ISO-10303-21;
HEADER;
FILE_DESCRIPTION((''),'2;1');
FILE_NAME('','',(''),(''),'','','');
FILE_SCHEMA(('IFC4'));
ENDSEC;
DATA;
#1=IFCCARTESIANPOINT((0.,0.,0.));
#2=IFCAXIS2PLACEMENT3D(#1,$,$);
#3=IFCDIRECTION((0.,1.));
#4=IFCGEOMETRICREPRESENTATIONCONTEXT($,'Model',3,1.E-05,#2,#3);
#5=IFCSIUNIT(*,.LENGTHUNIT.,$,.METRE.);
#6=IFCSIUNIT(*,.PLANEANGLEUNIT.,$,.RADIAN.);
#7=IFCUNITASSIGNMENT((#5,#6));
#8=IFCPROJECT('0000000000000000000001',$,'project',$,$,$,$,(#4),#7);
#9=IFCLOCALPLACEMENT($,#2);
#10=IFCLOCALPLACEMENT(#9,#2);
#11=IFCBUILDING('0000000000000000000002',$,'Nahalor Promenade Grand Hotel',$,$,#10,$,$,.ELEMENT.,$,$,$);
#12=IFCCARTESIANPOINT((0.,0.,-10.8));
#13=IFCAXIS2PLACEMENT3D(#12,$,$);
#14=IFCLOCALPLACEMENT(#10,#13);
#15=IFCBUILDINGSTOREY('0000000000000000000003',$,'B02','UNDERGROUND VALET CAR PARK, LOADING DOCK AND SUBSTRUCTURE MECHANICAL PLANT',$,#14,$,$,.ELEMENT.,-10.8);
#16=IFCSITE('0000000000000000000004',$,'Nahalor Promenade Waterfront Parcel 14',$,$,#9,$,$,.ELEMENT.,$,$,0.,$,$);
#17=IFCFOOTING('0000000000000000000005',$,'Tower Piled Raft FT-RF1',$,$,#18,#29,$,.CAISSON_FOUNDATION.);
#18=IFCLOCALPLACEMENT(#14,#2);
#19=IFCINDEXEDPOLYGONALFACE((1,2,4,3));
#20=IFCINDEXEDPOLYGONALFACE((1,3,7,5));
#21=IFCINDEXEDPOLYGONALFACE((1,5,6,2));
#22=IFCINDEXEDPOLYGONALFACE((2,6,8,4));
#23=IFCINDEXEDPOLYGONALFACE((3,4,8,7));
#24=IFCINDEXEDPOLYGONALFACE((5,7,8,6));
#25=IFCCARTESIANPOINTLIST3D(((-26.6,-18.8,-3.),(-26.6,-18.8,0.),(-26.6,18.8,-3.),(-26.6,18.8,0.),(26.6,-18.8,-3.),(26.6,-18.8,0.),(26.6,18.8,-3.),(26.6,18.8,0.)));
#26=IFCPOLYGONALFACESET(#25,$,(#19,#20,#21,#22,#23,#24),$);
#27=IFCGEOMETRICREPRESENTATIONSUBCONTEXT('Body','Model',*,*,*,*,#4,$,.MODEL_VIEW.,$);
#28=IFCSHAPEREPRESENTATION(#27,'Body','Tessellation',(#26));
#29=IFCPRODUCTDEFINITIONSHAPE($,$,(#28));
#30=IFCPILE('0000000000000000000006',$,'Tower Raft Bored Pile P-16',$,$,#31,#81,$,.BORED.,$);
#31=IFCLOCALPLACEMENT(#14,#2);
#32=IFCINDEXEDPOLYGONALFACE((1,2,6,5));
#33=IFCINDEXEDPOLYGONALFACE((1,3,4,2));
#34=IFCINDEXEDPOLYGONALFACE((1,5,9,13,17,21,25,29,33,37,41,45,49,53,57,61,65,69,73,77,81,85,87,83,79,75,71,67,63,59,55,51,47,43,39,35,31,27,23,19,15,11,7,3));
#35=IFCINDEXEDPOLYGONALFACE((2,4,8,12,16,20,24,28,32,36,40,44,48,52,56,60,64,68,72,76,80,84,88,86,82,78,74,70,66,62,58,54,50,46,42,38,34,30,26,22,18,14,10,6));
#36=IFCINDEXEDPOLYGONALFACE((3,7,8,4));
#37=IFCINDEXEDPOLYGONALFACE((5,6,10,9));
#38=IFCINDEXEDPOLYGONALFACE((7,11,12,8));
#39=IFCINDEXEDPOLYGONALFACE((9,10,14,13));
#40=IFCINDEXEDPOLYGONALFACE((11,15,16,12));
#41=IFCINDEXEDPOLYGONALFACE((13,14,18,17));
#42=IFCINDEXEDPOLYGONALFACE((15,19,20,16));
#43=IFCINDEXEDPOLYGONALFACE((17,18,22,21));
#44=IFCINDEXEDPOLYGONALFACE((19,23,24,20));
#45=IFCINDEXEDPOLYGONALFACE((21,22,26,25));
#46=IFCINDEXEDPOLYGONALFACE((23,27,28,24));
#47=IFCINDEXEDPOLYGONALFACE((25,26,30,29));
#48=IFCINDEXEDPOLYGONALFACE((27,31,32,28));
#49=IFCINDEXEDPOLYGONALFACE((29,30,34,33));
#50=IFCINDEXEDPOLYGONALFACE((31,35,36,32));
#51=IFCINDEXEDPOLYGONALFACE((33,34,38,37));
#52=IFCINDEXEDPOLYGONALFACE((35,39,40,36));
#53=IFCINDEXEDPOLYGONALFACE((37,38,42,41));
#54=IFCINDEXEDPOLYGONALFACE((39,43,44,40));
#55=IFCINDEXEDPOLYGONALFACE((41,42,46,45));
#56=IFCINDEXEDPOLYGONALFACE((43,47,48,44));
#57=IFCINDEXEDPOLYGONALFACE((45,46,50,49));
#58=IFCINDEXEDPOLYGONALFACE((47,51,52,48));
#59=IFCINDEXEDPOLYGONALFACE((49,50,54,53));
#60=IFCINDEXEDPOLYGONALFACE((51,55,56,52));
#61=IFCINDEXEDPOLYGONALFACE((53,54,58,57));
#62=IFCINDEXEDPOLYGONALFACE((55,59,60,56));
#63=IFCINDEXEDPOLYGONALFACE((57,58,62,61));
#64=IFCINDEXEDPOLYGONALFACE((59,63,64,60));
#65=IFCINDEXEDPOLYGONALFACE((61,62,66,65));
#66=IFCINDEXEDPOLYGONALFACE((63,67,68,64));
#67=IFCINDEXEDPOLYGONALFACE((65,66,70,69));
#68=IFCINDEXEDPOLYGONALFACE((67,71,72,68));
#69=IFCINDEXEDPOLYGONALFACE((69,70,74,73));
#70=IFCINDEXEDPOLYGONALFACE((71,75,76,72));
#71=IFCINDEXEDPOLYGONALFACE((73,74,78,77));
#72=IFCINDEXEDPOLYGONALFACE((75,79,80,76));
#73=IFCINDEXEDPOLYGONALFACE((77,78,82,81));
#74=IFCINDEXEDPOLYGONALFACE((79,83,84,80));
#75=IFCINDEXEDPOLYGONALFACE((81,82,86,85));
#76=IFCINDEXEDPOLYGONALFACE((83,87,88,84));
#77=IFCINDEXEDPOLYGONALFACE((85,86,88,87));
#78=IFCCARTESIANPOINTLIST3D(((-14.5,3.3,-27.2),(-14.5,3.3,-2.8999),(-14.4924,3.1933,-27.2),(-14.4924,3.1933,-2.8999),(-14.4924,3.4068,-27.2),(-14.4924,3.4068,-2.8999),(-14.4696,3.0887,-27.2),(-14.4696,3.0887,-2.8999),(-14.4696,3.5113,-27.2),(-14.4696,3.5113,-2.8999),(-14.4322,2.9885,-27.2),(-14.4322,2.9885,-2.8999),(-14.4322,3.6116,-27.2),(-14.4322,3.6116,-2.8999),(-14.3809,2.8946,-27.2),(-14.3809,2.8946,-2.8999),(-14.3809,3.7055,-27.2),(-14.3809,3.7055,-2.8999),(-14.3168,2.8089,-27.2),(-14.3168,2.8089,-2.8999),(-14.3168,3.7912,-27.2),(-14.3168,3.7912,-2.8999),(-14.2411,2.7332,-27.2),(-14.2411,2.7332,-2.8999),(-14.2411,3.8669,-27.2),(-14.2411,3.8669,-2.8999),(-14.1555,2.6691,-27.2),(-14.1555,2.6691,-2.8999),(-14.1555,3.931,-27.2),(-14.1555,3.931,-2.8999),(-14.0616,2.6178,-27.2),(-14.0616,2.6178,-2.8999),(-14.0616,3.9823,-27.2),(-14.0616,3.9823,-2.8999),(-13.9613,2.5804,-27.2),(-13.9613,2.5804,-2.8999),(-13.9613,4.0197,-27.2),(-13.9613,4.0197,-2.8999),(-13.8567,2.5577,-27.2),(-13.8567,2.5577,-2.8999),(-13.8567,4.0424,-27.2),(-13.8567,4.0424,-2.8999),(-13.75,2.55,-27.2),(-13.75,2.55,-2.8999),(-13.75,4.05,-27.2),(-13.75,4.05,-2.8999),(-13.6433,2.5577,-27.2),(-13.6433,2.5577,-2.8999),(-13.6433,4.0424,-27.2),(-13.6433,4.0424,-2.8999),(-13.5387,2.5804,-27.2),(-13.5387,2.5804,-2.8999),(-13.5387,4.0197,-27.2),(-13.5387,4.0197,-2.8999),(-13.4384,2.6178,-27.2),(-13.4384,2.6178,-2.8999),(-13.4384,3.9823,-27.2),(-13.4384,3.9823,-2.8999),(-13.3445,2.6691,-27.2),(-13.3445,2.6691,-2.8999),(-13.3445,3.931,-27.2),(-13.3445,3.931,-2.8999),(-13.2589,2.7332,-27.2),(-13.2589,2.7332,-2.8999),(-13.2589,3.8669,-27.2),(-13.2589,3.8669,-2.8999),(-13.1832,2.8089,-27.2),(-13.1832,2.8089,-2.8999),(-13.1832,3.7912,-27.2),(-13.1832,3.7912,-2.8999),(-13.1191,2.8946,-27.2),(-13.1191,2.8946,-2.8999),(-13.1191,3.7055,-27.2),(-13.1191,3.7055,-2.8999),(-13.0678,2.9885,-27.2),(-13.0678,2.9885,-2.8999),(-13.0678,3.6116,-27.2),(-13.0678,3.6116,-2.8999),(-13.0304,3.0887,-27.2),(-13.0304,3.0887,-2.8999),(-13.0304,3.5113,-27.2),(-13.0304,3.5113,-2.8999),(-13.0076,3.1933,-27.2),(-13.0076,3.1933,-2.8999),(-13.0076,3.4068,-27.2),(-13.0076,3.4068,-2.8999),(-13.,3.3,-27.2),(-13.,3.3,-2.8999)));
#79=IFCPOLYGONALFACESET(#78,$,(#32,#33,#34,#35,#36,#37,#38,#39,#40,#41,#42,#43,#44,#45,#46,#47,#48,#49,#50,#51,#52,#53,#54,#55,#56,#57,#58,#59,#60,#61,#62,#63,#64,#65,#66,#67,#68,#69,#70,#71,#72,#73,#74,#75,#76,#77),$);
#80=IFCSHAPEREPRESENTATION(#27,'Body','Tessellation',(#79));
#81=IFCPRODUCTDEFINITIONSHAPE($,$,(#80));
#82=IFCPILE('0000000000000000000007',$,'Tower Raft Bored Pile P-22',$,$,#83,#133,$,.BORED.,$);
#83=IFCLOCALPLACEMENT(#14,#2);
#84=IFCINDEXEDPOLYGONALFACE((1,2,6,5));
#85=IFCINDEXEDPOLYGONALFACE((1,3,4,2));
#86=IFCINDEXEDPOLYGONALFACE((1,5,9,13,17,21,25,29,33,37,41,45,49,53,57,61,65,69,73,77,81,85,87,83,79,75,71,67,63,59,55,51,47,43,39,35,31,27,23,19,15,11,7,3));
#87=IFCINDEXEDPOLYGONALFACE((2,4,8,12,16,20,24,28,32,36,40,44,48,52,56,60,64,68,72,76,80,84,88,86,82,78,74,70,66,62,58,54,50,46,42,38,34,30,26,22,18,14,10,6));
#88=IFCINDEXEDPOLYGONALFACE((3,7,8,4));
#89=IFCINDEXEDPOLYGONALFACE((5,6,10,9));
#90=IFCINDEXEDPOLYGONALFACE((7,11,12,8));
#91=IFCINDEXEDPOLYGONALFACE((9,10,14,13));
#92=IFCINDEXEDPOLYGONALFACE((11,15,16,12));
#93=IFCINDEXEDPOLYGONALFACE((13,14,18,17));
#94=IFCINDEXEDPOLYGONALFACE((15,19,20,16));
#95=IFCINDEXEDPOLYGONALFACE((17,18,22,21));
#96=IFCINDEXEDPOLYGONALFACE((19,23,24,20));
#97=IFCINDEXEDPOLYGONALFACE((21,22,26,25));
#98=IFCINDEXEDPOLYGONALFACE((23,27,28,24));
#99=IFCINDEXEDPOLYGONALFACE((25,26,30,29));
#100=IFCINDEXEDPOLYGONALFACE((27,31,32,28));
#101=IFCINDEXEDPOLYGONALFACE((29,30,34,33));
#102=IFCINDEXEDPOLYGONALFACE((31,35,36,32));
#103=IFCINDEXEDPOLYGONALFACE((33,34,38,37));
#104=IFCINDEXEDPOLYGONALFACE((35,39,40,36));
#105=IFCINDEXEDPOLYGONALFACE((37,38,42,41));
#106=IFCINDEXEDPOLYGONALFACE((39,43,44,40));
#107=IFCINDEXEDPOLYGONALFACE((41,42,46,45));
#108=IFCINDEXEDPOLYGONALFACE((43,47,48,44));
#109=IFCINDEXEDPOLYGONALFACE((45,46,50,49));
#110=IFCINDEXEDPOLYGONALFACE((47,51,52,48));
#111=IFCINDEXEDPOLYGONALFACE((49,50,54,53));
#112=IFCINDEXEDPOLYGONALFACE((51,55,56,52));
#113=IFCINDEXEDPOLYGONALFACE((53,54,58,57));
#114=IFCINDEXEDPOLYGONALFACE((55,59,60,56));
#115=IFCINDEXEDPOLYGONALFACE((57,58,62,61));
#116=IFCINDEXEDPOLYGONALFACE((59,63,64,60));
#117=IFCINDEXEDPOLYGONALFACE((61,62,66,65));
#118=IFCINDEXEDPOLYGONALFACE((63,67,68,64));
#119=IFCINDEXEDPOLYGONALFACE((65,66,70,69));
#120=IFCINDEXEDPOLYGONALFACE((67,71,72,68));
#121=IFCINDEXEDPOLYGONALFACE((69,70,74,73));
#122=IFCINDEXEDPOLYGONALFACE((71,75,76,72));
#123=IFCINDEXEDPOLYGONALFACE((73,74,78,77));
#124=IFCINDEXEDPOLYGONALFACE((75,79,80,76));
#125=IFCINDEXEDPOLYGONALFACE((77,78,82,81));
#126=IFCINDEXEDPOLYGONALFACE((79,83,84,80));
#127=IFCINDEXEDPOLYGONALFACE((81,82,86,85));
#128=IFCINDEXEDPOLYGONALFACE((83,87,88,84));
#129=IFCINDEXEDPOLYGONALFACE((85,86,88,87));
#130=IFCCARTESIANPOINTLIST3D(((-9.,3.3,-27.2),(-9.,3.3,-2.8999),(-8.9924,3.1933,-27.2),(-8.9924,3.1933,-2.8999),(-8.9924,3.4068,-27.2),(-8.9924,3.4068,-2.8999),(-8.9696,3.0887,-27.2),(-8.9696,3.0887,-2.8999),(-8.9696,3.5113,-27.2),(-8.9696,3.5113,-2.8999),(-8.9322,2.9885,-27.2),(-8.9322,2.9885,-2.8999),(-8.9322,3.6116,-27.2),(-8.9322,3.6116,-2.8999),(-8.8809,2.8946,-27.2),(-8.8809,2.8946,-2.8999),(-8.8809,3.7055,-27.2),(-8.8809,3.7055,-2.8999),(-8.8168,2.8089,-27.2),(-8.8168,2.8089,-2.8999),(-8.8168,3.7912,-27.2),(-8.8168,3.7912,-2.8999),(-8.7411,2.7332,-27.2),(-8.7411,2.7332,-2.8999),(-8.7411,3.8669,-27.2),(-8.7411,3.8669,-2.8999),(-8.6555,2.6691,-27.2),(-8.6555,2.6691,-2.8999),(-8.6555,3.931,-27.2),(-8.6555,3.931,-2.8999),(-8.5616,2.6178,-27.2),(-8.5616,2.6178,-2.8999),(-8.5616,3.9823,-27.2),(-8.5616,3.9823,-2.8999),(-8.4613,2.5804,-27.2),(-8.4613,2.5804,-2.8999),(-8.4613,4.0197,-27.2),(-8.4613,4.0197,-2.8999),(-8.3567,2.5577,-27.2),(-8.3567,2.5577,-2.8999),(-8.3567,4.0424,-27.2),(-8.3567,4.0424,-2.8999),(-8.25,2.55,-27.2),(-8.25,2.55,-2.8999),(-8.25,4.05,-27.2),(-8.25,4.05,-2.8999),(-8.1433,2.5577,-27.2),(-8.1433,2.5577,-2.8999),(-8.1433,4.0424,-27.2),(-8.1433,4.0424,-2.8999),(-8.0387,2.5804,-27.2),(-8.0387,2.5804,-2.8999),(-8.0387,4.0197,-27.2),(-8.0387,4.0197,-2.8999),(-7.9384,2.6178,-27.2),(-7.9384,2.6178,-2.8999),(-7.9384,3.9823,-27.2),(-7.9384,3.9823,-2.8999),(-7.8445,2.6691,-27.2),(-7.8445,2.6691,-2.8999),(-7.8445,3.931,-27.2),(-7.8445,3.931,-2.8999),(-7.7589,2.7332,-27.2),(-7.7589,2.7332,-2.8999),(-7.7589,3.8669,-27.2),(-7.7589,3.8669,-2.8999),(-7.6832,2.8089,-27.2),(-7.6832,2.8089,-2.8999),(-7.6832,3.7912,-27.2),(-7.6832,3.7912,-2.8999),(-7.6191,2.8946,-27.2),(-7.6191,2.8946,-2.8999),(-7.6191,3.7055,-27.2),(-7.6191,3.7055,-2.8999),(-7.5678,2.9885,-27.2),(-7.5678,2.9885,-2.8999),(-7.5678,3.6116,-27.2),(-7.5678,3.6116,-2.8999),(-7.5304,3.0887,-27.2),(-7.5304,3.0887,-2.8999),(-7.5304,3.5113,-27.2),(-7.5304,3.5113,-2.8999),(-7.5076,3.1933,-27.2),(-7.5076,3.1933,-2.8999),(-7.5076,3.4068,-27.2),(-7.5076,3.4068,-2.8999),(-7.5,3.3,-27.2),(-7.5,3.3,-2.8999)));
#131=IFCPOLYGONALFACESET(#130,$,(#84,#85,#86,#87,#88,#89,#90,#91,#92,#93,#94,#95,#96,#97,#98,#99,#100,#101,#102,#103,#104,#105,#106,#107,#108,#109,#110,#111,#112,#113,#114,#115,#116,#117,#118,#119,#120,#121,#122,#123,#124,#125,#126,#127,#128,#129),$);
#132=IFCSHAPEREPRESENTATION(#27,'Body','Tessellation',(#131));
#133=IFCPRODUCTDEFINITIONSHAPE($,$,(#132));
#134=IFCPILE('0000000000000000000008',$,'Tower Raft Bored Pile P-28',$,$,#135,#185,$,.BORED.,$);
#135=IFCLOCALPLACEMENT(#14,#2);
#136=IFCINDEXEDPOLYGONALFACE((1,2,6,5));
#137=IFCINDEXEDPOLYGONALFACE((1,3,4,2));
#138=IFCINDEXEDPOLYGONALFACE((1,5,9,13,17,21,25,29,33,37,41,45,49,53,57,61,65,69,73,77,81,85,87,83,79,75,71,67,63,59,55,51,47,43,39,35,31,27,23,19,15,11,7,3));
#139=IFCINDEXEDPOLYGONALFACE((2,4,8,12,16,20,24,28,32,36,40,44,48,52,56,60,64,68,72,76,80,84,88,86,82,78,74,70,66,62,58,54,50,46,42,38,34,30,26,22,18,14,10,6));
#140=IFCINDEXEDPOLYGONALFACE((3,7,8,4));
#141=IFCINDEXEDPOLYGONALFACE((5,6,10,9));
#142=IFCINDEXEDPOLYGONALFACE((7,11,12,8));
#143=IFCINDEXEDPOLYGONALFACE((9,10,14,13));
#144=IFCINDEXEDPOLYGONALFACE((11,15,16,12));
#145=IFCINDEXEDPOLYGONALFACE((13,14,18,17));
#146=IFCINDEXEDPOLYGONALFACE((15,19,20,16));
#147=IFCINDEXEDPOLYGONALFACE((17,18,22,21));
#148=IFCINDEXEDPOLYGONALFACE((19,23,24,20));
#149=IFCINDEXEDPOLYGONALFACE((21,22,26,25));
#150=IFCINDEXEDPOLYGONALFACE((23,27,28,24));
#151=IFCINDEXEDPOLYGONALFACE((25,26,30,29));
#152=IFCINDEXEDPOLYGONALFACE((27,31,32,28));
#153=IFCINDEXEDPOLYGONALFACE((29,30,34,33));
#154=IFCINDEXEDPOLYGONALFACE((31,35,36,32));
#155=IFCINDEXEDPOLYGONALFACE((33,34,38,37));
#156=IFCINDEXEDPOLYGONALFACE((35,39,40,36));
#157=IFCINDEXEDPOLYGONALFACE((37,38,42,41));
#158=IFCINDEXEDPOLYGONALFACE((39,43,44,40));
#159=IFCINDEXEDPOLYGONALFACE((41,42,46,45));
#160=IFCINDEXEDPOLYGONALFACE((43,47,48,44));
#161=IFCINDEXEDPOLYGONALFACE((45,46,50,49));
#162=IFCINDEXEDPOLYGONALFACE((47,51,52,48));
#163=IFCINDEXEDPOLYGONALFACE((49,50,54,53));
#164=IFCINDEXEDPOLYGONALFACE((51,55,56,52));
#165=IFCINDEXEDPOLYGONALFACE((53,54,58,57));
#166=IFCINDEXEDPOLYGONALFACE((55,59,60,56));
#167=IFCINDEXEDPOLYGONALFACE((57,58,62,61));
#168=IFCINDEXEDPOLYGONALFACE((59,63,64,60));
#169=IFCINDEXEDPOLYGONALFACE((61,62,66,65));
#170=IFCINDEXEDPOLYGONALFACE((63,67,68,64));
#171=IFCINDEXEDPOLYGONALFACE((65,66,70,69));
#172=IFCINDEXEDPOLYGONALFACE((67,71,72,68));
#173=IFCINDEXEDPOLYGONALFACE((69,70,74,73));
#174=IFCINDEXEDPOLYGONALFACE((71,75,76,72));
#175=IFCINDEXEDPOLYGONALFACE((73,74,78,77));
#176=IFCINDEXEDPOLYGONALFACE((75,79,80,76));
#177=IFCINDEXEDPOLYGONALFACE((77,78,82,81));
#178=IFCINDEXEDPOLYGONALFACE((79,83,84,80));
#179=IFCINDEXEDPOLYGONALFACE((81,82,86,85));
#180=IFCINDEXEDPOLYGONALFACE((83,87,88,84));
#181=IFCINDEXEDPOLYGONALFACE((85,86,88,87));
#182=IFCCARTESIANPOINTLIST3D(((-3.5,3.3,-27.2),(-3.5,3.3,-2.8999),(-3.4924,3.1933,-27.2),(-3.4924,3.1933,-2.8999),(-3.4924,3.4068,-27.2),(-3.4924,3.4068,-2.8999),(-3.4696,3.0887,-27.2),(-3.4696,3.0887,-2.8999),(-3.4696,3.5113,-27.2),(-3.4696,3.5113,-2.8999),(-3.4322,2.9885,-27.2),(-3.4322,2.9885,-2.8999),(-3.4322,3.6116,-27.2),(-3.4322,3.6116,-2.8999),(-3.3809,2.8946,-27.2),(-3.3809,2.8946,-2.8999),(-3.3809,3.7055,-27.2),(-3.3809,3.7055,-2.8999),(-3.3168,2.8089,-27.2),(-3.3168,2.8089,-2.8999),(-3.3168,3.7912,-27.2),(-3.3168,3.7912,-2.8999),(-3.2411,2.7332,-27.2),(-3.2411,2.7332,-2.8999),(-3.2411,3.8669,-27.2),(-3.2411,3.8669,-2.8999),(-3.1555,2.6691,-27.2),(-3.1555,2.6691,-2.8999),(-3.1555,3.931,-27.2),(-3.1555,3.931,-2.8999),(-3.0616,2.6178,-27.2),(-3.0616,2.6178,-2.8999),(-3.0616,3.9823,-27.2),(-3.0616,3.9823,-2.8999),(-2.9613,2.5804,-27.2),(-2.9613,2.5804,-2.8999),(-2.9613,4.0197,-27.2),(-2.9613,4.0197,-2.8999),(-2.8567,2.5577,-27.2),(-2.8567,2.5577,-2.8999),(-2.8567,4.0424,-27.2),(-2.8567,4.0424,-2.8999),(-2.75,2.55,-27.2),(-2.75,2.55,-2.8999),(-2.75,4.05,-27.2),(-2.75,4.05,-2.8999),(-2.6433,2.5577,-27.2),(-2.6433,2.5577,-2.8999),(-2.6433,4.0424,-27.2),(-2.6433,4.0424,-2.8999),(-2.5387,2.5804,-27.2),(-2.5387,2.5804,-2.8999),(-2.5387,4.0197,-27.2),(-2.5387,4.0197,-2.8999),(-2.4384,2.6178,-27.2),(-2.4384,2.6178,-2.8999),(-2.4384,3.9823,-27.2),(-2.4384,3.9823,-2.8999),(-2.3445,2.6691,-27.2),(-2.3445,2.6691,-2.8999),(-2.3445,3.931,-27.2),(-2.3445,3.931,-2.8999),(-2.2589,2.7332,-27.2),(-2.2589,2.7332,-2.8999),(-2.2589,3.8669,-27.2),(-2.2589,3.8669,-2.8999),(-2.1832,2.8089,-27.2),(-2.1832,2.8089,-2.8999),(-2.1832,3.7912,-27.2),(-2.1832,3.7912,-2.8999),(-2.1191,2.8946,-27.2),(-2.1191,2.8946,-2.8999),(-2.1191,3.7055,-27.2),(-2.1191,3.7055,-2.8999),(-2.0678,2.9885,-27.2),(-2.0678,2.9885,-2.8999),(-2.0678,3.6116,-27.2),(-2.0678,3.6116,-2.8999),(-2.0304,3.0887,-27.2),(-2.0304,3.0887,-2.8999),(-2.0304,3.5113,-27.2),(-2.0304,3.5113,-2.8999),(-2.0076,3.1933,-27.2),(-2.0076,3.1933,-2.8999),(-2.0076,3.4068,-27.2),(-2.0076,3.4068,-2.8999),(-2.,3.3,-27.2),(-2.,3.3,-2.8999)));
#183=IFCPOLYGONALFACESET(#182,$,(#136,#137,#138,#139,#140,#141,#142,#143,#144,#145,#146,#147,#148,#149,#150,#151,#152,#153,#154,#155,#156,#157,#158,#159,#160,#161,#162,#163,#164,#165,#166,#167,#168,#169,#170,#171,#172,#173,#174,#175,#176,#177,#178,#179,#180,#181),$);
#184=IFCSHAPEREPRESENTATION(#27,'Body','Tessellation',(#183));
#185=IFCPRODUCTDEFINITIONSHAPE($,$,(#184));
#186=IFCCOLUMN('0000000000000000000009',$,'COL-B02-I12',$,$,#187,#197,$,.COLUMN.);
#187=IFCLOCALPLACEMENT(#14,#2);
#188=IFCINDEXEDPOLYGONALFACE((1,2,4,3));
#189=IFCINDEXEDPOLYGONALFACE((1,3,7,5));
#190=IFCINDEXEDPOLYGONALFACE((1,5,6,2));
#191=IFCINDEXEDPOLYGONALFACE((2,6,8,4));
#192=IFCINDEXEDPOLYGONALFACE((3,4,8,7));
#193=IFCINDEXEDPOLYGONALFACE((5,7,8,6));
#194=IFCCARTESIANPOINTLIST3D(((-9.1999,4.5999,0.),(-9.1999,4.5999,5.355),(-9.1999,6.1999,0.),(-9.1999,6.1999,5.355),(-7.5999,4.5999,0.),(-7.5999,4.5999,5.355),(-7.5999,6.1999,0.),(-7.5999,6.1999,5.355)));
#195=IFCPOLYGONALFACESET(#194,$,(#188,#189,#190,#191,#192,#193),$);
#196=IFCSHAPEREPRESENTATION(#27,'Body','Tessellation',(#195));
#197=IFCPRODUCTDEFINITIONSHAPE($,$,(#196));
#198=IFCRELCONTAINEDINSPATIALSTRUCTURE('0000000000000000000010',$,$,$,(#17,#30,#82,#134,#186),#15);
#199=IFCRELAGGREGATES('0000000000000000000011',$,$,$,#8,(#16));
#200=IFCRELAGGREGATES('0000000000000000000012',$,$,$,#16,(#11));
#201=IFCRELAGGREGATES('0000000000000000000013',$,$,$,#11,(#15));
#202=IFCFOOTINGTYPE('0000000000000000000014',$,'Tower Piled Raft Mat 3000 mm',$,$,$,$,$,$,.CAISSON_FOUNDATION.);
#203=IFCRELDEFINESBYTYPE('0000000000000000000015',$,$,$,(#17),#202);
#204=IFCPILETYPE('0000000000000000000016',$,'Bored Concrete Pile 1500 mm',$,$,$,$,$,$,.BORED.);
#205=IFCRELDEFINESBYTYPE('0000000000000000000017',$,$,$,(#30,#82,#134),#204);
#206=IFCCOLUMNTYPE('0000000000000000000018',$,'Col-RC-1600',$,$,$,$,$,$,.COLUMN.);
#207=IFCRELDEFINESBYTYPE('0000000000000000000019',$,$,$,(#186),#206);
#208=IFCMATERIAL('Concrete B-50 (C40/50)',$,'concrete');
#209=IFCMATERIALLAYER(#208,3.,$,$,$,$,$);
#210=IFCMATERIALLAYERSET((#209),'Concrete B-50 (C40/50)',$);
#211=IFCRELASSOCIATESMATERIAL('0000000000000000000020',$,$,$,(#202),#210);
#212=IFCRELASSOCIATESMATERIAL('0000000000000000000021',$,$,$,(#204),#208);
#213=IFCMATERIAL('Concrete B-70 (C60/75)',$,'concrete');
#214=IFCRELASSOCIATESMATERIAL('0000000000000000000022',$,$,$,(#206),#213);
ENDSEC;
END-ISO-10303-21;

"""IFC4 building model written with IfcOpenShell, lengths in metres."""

from ifc_helpers import new_model, si_unit, direction, frame, origin, origin_2d, place, context, subcontext, project, spatial, rectangle, circle, extrude, source, transform, mapped, material, layer, layer_set, material_profile, profile_set, type_object, element, save


model = new_model("IFC4")

# Units and contexts
model_context = context("Model", 3, precision=1e-05, world=origin(), true_north=direction((0.0, 1.0)))
body_context = subcontext(model_context, "Body", "Model", "MODEL_VIEW")
ifc_project = project(units=[si_unit("LENGTHUNIT", "METRE"), si_unit("PLANEANGLEUNIT", "RADIAN")], contexts=[model_context])

# Site, building, storey
site_placement = place(None, origin())
site = spatial("IfcSite", under=ifc_project, at=site_placement, Name="Nahalor Promenade Waterfront Parcel 14", CompositionType="ELEMENT", RefElevation=0.0)
building_placement = place(site_placement, origin())
building = spatial("IfcBuilding", under=site, at=building_placement, Name="Nahalor Promenade Grand Hotel", CompositionType="ELEMENT")
storey_placement = place(building_placement, frame((0.0, 0.0, -10.8)))
storey = spatial("IfcBuildingStorey", under=building, at=storey_placement, Name="B02", Description="UNDERGROUND VALET CAR PARK, LOADING DOCK AND SUBSTRUCTURE MECHANICAL PLANT", CompositionType="ELEMENT", Elevation=-10.8)

# Footing
ifc_material_1 = material(Name="Concrete B-50 (C40/50)", Category="concrete")
ifc_layer_1 = layer(ifc_material_1, 3.0)
ifc_layer_set_1 = layer_set([ifc_layer_1], Name="Concrete B-50 (C40/50)")
footing_type = type_object("IfcFootingType", Name="Tower Piled Raft Mat 3000 mm", PredefinedType="CAISSON_FOUNDATION", material=ifc_layer_set_1)
shared_shape_1 = source(origin(), body_context, "Body", "SweptSolid", [
    extrude(rectangle(XDim=53.2, YDim=37.6001, at=origin_2d()), origin(), (0.0, 0.0, 1.0), 3.0),
])
footing_placement = place(storey_placement, frame((0.0, 0.0, -3.0), z_axis=(0.0, 0.0, 1.0), x_axis=(1.0, 0.0, 0.0)))
element("IfcFooting", 1, at=footing_placement, inside=storey, type_object=footing_type, Name="Tower Piled Raft FT-RF1", PredefinedType="CAISSON_FOUNDATION", context=body_context, shape_type="MappedRepresentation", body=[
    mapped(shared_shape_1, transform((0.0, 0.0, 0.0), scale=1.0)),
])

# Piles
ifc_material_profile_1 = material_profile(ifc_material_1, circle(Radius=0.75, at=origin_2d()), Name="PILE D1500")
ifc_profile_set_1 = profile_set([ifc_material_profile_1], Name="Concrete B-50 (C40/50)")
pile_type = type_object("IfcPileType", Name="Bored Concrete Pile 1500 mm", PredefinedType="BORED", material=ifc_profile_set_1)
shared_shape_2 = source(origin(), body_context, "Body", "SweptSolid", [
    extrude(circle(Radius=0.75, at=origin_2d()), origin(), (0.0, 0.0, 1.0), 24.3),
])
for number, where, z_axis, x_axis, name in (
    (2, (-13.75, 3.3, -2.8999), (0.0, 0.0, -1.0), (1.0, 0.0, 0.0), "Tower Raft Bored Pile P-16"),
    (3, (-8.25, 3.3, -2.8999), (0.0, 0.0, -1.0), (1.0, 0.0, 0.0), "Tower Raft Bored Pile P-22"),
    (4, (-2.75, 3.3, -2.8999), (0.0, 0.0, -1.0), (1.0, 0.0, 0.0), "Tower Raft Bored Pile P-28"),
):
    element("IfcPile", number, at=place(storey_placement, frame(where, z_axis=z_axis, x_axis=x_axis)), inside=storey, type_object=pile_type, Name=name, PredefinedType="BORED", context=body_context, shape_type="MappedRepresentation", body=[
        mapped(shared_shape_2, transform((0.0, 0.0, 0.0), scale=1.0)),
    ])

# Column
ifc_material_2 = material(Name="Concrete B-70 (C60/75)", Category="concrete")
ifc_material_profile_2 = material_profile(ifc_material_2, rectangle(XDim=1.6, YDim=1.6, at=origin_2d()), Name="RC 1600x1600")
ifc_profile_set_2 = profile_set([ifc_material_profile_2], Name="Concrete B-70 (C60/75)")
column_type = type_object("IfcColumnType", Name="Col-RC-1600", PredefinedType="COLUMN", material=ifc_profile_set_2)
shared_shape_3 = source(origin(), body_context, "Body", "SweptSolid", [
    extrude(rectangle(XDim=1.6, YDim=1.6, at=origin_2d()), origin(), (0.0, 0.0, 1.0), 5.355),
])
for number, where, z_axis, x_axis, name in (
    (5, (-8.3999, 5.3999, 0.0), (0.0, 0.0, 1.0), (1.0, 0.0, 0.0), "COL-B02-I12"),
):
    element("IfcColumn", number, at=place(storey_placement, frame(where, z_axis=z_axis, x_axis=x_axis)), inside=storey, type_object=column_type, Name=name, PredefinedType="COLUMN", context=body_context, shape_type="MappedRepresentation", body=[
        mapped(shared_shape_3, transform((0.0, 0.0, 0.0), scale=1.0)),
    ])

save(model, "model.ifc")
